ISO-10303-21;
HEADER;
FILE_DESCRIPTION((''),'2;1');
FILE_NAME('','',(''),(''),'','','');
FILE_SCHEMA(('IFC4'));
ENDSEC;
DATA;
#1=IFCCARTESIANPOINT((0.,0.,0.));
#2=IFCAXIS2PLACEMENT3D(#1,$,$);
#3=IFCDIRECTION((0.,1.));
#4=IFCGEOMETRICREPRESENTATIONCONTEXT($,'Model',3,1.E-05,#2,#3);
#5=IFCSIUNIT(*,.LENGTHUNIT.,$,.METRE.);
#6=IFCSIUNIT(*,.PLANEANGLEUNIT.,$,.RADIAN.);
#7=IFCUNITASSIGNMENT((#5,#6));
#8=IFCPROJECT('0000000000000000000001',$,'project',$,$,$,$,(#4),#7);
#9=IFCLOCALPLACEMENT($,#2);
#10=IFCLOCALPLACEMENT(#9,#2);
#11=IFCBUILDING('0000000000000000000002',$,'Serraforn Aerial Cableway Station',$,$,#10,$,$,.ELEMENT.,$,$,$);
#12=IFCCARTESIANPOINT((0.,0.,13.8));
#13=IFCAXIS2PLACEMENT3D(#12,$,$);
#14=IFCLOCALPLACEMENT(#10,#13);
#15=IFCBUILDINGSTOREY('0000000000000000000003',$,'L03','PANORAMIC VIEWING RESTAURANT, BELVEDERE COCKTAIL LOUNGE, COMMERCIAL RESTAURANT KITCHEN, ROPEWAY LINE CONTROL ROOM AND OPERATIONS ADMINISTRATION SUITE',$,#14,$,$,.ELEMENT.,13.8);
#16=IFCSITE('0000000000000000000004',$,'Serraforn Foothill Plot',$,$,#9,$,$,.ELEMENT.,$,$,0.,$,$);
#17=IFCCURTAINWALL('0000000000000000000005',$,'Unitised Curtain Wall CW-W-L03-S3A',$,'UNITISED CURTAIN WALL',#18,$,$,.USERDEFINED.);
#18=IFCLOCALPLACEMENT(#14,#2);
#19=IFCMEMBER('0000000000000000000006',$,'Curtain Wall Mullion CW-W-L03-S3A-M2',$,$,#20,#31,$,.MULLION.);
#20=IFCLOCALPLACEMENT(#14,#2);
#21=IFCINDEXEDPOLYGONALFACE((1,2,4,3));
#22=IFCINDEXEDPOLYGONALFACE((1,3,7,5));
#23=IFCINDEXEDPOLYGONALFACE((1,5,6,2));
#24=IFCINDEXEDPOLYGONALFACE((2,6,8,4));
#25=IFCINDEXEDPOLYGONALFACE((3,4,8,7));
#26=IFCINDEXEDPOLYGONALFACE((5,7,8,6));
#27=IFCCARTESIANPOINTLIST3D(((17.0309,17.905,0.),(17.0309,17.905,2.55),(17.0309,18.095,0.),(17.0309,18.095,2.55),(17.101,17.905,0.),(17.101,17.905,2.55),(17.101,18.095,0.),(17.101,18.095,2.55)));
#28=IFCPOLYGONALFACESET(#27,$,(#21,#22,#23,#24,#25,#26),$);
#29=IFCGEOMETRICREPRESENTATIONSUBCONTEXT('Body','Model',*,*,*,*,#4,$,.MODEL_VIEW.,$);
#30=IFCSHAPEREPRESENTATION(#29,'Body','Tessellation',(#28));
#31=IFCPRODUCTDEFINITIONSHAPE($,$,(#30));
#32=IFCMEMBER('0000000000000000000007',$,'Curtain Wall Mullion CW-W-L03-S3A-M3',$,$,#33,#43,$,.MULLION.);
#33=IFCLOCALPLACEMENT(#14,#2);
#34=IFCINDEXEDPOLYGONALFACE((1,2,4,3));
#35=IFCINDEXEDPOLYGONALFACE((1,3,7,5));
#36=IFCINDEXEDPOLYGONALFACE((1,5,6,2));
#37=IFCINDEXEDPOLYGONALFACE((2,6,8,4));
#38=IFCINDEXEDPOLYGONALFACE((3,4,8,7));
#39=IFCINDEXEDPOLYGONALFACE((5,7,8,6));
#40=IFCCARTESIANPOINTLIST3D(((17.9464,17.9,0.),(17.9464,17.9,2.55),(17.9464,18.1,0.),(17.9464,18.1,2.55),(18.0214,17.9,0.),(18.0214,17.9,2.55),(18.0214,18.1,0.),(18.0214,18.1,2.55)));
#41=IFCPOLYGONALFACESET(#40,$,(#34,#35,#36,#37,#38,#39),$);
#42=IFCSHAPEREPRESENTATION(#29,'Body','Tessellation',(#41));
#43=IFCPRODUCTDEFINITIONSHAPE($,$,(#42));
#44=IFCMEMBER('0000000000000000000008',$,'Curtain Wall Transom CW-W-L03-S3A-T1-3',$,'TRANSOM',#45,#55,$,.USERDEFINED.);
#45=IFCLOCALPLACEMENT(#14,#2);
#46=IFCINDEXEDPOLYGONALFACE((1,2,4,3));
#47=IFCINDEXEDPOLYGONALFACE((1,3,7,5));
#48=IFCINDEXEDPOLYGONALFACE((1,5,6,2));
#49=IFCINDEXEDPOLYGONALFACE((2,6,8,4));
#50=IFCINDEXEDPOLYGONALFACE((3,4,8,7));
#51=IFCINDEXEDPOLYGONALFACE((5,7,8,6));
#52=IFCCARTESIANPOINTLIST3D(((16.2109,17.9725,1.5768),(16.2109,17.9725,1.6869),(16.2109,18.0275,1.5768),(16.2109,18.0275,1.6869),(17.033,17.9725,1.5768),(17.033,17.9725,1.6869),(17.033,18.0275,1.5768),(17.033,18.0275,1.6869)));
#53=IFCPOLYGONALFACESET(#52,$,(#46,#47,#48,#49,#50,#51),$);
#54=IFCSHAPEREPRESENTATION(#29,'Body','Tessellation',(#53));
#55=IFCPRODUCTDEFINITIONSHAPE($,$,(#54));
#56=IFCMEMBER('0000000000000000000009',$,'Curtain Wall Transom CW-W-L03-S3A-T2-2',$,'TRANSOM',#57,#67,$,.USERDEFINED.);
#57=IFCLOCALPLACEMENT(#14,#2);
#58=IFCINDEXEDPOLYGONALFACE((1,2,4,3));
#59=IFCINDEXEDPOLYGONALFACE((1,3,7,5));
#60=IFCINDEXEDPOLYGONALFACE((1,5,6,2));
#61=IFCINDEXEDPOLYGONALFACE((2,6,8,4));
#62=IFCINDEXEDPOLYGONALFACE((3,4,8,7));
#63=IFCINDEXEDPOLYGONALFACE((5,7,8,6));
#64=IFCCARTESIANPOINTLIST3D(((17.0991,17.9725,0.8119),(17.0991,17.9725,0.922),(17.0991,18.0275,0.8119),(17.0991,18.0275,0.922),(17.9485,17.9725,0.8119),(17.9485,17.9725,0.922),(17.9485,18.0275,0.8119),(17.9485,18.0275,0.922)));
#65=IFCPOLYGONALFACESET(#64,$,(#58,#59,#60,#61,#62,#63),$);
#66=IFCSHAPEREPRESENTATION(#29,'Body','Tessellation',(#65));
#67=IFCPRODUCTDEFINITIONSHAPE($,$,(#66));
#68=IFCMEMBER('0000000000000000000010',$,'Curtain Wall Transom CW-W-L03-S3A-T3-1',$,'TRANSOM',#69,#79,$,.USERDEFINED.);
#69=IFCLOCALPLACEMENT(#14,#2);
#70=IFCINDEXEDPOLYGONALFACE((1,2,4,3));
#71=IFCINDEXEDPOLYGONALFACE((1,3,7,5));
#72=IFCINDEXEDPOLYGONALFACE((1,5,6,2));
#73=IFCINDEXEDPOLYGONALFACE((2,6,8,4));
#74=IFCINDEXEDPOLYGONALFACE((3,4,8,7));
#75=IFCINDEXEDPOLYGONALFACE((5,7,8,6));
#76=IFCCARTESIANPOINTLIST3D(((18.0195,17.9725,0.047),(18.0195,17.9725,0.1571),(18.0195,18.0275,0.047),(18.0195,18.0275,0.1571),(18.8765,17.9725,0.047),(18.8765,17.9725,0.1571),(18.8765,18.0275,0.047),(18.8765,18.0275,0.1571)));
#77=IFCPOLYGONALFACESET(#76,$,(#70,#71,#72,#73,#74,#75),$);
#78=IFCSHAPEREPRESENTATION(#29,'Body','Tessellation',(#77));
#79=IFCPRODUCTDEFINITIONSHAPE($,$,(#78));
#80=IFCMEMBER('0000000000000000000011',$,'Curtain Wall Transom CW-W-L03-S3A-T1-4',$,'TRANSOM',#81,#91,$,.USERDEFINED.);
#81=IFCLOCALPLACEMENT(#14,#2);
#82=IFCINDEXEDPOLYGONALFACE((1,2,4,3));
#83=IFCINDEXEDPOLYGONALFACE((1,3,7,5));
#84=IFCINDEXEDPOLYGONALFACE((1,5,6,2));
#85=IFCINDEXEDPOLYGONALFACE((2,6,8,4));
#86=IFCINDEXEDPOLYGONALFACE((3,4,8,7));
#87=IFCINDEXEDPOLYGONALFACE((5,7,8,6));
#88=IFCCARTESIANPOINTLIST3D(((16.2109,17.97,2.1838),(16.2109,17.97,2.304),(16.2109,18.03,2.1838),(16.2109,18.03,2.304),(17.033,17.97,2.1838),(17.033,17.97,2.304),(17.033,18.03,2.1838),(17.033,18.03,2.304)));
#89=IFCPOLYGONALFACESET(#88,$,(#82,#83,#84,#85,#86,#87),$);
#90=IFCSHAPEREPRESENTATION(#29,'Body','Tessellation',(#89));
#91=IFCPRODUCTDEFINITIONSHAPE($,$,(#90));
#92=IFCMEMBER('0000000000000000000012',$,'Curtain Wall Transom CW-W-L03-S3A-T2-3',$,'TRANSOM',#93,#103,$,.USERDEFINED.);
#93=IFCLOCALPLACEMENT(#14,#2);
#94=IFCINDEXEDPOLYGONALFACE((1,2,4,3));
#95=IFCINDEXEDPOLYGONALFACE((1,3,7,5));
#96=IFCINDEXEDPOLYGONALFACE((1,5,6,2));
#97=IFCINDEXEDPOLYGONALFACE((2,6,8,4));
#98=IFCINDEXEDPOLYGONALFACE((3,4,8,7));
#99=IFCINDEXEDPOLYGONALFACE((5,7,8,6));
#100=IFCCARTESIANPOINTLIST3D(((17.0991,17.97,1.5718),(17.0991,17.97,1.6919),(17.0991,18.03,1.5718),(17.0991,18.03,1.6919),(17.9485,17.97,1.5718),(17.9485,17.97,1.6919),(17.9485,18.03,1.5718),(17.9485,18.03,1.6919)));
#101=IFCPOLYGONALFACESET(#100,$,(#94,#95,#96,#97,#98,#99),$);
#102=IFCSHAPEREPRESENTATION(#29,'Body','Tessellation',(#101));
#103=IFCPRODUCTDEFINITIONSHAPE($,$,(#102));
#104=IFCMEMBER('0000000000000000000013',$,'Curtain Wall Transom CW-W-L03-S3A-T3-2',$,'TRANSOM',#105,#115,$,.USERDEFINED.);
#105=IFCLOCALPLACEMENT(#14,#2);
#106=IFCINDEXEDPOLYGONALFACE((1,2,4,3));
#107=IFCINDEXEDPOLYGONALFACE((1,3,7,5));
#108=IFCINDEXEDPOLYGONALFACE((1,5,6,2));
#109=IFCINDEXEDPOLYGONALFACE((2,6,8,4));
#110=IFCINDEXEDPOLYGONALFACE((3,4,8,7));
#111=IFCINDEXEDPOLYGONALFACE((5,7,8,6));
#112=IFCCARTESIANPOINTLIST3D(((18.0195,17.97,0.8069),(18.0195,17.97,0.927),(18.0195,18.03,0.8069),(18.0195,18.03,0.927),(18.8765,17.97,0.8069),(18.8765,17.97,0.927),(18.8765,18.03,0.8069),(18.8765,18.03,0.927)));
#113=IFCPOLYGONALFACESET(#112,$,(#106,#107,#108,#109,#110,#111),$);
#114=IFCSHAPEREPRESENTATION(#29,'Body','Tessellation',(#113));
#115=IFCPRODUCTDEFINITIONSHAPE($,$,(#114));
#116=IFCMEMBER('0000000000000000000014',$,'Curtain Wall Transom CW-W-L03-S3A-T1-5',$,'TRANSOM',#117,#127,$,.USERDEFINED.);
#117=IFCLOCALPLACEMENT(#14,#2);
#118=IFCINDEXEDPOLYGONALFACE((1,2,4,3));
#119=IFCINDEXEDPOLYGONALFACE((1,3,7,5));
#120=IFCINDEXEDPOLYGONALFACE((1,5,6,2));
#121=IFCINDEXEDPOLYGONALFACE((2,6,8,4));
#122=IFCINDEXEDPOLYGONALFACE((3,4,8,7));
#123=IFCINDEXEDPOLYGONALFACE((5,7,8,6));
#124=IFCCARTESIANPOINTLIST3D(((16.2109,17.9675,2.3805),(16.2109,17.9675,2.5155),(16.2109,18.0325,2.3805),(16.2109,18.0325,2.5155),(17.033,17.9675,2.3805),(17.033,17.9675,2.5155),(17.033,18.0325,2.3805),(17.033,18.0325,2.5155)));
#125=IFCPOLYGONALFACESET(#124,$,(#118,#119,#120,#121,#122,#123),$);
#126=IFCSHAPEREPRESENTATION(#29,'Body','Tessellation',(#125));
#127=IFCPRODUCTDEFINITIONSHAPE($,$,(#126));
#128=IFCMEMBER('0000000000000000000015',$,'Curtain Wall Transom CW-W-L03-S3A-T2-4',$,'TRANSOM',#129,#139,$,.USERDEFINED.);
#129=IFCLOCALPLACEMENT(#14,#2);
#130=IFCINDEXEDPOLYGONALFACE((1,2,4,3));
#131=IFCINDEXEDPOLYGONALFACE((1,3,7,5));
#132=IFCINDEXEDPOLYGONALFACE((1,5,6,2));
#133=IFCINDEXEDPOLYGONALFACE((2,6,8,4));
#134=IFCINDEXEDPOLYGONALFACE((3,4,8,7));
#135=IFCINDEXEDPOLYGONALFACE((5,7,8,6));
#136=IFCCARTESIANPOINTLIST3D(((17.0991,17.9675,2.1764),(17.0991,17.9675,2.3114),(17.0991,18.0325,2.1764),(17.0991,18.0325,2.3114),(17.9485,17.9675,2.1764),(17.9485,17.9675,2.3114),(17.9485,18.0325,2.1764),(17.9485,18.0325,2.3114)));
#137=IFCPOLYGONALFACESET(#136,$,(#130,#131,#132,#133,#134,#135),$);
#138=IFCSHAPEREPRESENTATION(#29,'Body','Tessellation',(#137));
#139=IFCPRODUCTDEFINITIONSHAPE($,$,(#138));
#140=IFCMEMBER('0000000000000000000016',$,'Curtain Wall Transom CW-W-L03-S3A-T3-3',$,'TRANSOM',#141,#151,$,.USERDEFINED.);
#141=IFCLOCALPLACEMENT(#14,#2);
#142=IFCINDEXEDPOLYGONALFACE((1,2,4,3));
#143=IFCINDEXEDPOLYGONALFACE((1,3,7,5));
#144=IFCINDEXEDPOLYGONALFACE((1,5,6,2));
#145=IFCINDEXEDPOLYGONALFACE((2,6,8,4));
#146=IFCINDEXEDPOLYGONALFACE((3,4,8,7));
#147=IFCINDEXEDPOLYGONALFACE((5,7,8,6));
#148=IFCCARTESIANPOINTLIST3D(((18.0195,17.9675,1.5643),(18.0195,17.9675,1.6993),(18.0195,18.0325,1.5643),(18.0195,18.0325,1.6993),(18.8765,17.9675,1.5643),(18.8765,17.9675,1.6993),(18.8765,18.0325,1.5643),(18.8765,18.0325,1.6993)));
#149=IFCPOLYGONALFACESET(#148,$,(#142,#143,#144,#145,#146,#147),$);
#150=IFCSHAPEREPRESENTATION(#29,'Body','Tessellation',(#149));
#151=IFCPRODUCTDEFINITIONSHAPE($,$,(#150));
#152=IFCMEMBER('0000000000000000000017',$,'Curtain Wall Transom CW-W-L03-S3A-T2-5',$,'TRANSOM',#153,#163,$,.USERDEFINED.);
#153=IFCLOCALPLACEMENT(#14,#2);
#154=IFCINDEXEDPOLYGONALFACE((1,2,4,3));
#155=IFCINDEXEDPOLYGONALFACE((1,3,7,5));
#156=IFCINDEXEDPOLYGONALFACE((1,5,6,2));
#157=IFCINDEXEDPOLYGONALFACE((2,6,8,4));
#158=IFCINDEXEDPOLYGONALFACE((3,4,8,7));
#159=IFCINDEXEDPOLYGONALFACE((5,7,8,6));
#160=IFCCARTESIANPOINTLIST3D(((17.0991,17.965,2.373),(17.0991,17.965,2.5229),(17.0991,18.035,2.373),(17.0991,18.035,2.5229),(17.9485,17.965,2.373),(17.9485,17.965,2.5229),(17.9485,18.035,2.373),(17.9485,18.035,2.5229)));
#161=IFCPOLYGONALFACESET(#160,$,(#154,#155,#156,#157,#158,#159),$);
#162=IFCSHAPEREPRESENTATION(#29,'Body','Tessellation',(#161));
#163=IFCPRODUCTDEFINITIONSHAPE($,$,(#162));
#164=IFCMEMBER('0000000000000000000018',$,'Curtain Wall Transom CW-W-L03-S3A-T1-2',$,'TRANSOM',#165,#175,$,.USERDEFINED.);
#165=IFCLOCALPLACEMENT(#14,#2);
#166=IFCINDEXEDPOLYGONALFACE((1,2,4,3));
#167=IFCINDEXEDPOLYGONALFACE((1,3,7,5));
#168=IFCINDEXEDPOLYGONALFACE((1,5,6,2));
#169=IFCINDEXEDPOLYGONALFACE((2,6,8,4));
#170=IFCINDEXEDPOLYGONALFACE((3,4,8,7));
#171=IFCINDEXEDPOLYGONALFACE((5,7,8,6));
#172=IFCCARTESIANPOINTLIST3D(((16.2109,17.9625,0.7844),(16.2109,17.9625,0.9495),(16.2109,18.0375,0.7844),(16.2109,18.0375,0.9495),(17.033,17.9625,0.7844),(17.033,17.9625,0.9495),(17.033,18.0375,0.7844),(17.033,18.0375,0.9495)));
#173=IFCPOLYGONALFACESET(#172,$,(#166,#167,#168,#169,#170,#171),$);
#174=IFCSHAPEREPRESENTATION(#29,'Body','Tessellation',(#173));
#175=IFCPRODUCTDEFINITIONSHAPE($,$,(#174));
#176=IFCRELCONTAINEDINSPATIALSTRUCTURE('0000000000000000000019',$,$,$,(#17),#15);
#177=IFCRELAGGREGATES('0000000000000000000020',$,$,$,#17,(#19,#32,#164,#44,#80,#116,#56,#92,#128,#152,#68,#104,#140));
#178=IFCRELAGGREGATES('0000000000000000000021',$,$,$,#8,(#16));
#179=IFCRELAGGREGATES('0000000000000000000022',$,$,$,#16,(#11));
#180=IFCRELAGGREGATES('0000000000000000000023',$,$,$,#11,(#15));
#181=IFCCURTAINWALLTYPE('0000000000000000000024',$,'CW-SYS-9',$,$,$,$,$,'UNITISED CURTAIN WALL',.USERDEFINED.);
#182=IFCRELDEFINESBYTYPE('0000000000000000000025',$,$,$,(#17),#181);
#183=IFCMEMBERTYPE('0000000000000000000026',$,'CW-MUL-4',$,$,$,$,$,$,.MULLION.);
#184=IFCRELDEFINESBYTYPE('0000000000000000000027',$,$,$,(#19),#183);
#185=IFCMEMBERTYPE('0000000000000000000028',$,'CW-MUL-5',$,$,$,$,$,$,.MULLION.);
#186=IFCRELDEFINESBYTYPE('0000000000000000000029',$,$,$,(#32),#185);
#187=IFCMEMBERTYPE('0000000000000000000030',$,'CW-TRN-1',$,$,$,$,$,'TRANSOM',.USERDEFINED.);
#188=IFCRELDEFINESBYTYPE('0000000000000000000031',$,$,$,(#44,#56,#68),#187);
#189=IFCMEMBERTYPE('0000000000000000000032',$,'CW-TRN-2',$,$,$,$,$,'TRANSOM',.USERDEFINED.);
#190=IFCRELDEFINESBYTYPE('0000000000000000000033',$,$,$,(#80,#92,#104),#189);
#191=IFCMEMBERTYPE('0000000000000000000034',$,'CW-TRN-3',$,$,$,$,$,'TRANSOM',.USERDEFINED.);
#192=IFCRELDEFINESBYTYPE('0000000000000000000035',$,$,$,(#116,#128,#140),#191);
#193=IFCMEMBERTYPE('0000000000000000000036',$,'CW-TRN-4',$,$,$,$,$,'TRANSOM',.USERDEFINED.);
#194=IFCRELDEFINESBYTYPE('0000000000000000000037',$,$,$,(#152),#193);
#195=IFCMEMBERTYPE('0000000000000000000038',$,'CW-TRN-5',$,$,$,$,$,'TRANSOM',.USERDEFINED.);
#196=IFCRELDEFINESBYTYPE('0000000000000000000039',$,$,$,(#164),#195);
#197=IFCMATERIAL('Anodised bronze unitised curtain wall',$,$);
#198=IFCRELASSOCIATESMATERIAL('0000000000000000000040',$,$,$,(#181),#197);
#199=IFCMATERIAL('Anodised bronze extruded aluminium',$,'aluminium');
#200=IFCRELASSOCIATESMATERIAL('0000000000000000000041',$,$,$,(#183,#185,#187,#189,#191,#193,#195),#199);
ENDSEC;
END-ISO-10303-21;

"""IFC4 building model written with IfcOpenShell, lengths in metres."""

from ifc_helpers import new_model, si_unit, direction, frame, origin, origin_2d, place, context, subcontext, project, spatial, rectangle, extrude, material, material_profile, profile_set, type_object, element, aggregate, save


model = new_model("IFC4")

# Units and contexts
model_context = context("Model", 3, precision=1e-05, world=origin(), true_north=direction((0.0, 1.0)))
body_context = subcontext(model_context, "Body", "Model", "MODEL_VIEW")
ifc_project = project(units=[si_unit("LENGTHUNIT", "METRE"), si_unit("PLANEANGLEUNIT", "RADIAN")], contexts=[model_context])

# Site, building, storey
site_placement = place(None, origin())
site = spatial("IfcSite", under=ifc_project, at=site_placement, Name="Serraforn Foothill Plot", CompositionType="ELEMENT", RefElevation=0.0)
building_placement = place(site_placement, origin())
building = spatial("IfcBuilding", under=site, at=building_placement, Name="Serraforn Aerial Cableway Station", CompositionType="ELEMENT")
storey_placement = place(building_placement, frame((0.0, 0.0, 13.8)))
storey = spatial("IfcBuildingStorey", under=building, at=storey_placement, Name="L03", Description="PANORAMIC VIEWING RESTAURANT, BELVEDERE COCKTAIL LOUNGE, COMMERCIAL RESTAURANT KITCHEN, ROPEWAY LINE CONTROL ROOM AND OPERATIONS ADMINISTRATION SUITE", CompositionType="ELEMENT", Elevation=13.8)

# Curtain wall, members
ifc_material_1 = material(Name="Anodised bronze unitised curtain wall")
curtain_wall_type = type_object("IfcCurtainWallType", Name="CW-SYS-9", ElementType="UNITISED CURTAIN WALL", PredefinedType="USERDEFINED", material=ifc_material_1)
curtain_wall_placement = place(storey_placement, origin())
curtain_wall = element("IfcCurtainWall", 1, at=curtain_wall_placement, inside=storey, type_object=curtain_wall_type, Name="Unitised Curtain Wall CW-W-L03-S3A", ObjectType="UNITISED CURTAIN WALL", PredefinedType="USERDEFINED")
ifc_material_2 = material(Name="Anodised bronze extruded aluminium", Category="aluminium")
ifc_material_profile_1 = material_profile(ifc_material_2, rectangle(XDim=0.0701, YDim=0.1899, at=origin_2d()), Name="CW MULLION 70x190")
ifc_profile_set_1 = profile_set([ifc_material_profile_1], Name="Anodised bronze extruded aluminium")
member_type_1 = type_object("IfcMemberType", Name="CW-MUL-4", PredefinedType="MULLION", material=ifc_profile_set_1)
member_1_placement = place(storey_placement, frame((17.0659, 18.0, 0.0), z_axis=(0.0, 0.0, 1.0), x_axis=(1.0, 0.0, 0.0)))
member_1 = element("IfcMember", 2, at=member_1_placement, type_object=member_type_1, Name="Curtain Wall Mullion CW-W-L03-S3A-M2", PredefinedType="MULLION", context=body_context, shape_type="SweptSolid", body=[
    extrude(rectangle(XDim=0.0701, YDim=0.1899, at=origin_2d()), origin(), (0.0, 0.0, 1.0), 2.55),
])
ifc_material_profile_2 = material_profile(ifc_material_2, rectangle(XDim=0.075, YDim=0.2, at=origin_2d()), Name="CW MULLION 75x200")
ifc_profile_set_2 = profile_set([ifc_material_profile_2], Name="Anodised bronze extruded aluminium")
member_type_2 = type_object("IfcMemberType", Name="CW-MUL-5", PredefinedType="MULLION", material=ifc_profile_set_2)
member_2_placement = place(storey_placement, frame((17.9839, 18.0, 0.0), z_axis=(0.0, 0.0, 1.0), x_axis=(1.0, 0.0, 0.0)))
member_2 = element("IfcMember", 3, at=member_2_placement, type_object=member_type_2, Name="Curtain Wall Mullion CW-W-L03-S3A-M3", PredefinedType="MULLION", context=body_context, shape_type="SweptSolid", body=[
    extrude(rectangle(XDim=0.075, YDim=0.2, at=origin_2d()), origin(), (0.0, 0.0, 1.0), 2.55),
])
ifc_material_profile_3 = material_profile(ifc_material_2, rectangle(XDim=0.0549, YDim=0.1101, at=origin_2d()), Name="CW TRANSOM 55x110")
ifc_profile_set_3 = profile_set([ifc_material_profile_3], Name="Anodised bronze extruded aluminium")
member_type_3 = type_object("IfcMemberType", Name="CW-TRN-1", ElementType="TRANSOM", PredefinedType="USERDEFINED", material=ifc_profile_set_3)
member_3_placement = place(storey_placement, frame((16.2109, 18.0, 1.6318), z_axis=(1.0, 0.0, 0.0), x_axis=(0.0, 1.0, 0.0)))
member_3 = element("IfcMember", 4, at=member_3_placement, type_object=member_type_3, Name="Curtain Wall Transom CW-W-L03-S3A-T1-3", ObjectType="TRANSOM", PredefinedType="USERDEFINED", context=body_context, shape_type="SweptSolid", body=[
    extrude(rectangle(XDim=0.0549, YDim=0.1101, at=origin_2d()), origin(), (0.0, 0.0, 1.0), 0.822),
])
member_4_placement = place(storey_placement, frame((17.0991, 18.0, 0.8669), z_axis=(1.0, 0.0, 0.0), x_axis=(0.0, 1.0, 0.0)))
member_4 = element("IfcMember", 5, at=member_4_placement, type_object=member_type_3, Name="Curtain Wall Transom CW-W-L03-S3A-T2-2", ObjectType="TRANSOM", PredefinedType="USERDEFINED", context=body_context, shape_type="SweptSolid", body=[
    extrude(rectangle(XDim=0.0549, YDim=0.1101, at=origin_2d()), origin(), (0.0, 0.0, 1.0), 0.8494),
])
member_5_placement = place(storey_placement, frame((18.0195, 18.0, 0.1021), z_axis=(1.0, 0.0, 0.0), x_axis=(0.0, 1.0, 0.0)))
member_5 = element("IfcMember", 6, at=member_5_placement, type_object=member_type_3, Name="Curtain Wall Transom CW-W-L03-S3A-T3-1", ObjectType="TRANSOM", PredefinedType="USERDEFINED", context=body_context, shape_type="SweptSolid", body=[
    extrude(rectangle(XDim=0.0549, YDim=0.1101, at=origin_2d()), origin(), (0.0, 0.0, 1.0), 0.8569),
])
ifc_material_profile_4 = material_profile(ifc_material_2, rectangle(XDim=0.0601, YDim=0.1201, at=origin_2d()), Name="CW TRANSOM 60x120")
ifc_profile_set_4 = profile_set([ifc_material_profile_4], Name="Anodised bronze extruded aluminium")
member_type_4 = type_object("IfcMemberType", Name="CW-TRN-2", ElementType="TRANSOM", PredefinedType="USERDEFINED", material=ifc_profile_set_4)
member_6_placement = place(storey_placement, frame((16.2109, 18.0, 2.2439), z_axis=(1.0, 0.0, 0.0), x_axis=(0.0, 1.0, 0.0)))
member_6 = element("IfcMember", 7, at=member_6_placement, type_object=member_type_4, Name="Curtain Wall Transom CW-W-L03-S3A-T1-4", ObjectType="TRANSOM", PredefinedType="USERDEFINED", context=body_context, shape_type="SweptSolid", body=[
    extrude(rectangle(XDim=0.0601, YDim=0.1201, at=origin_2d()), origin(), (0.0, 0.0, 1.0), 0.822),
])
member_7_placement = place(storey_placement, frame((17.0991, 18.0, 1.6318), z_axis=(1.0, 0.0, 0.0), x_axis=(0.0, 1.0, 0.0)))
member_7 = element("IfcMember", 8, at=member_7_placement, type_object=member_type_4, Name="Curtain Wall Transom CW-W-L03-S3A-T2-3", ObjectType="TRANSOM", PredefinedType="USERDEFINED", context=body_context, shape_type="SweptSolid", body=[
    extrude(rectangle(XDim=0.0601, YDim=0.1201, at=origin_2d()), origin(), (0.0, 0.0, 1.0), 0.8494),
])
member_8_placement = place(storey_placement, frame((18.0195, 18.0, 0.8669), z_axis=(1.0, 0.0, 0.0), x_axis=(0.0, 1.0, 0.0)))
member_8 = element("IfcMember", 9, at=member_8_placement, type_object=member_type_4, Name="Curtain Wall Transom CW-W-L03-S3A-T3-2", ObjectType="TRANSOM", PredefinedType="USERDEFINED", context=body_context, shape_type="SweptSolid", body=[
    extrude(rectangle(XDim=0.0601, YDim=0.1201, at=origin_2d()), origin(), (0.0, 0.0, 1.0), 0.8569),
])
ifc_material_profile_5 = material_profile(ifc_material_2, rectangle(XDim=0.0649, YDim=0.135, at=origin_2d()), Name="CW TRANSOM 65x135")
ifc_profile_set_5 = profile_set([ifc_material_profile_5], Name="Anodised bronze extruded aluminium")
member_type_5 = type_object("IfcMemberType", Name="CW-TRN-3", ElementType="TRANSOM", PredefinedType="USERDEFINED", material=ifc_profile_set_5)
member_9_placement = place(storey_placement, frame((16.2109, 18.0, 2.448), z_axis=(1.0, 0.0, 0.0), x_axis=(0.0, 1.0, 0.0)))
member_9 = element("IfcMember", 10, at=member_9_placement, type_object=member_type_5, Name="Curtain Wall Transom CW-W-L03-S3A-T1-5", ObjectType="TRANSOM", PredefinedType="USERDEFINED", context=body_context, shape_type="SweptSolid", body=[
    extrude(rectangle(XDim=0.0649, YDim=0.135, at=origin_2d()), origin(), (0.0, 0.0, 1.0), 0.822),
])
member_10_placement = place(storey_placement, frame((17.0991, 18.0, 2.2439), z_axis=(1.0, 0.0, 0.0), x_axis=(0.0, 1.0, 0.0)))
member_10 = element("IfcMember", 11, at=member_10_placement, type_object=member_type_5, Name="Curtain Wall Transom CW-W-L03-S3A-T2-4", ObjectType="TRANSOM", PredefinedType="USERDEFINED", context=body_context, shape_type="SweptSolid", body=[
    extrude(rectangle(XDim=0.0649, YDim=0.135, at=origin_2d()), origin(), (0.0, 0.0, 1.0), 0.8494),
])
member_11_placement = place(storey_placement, frame((18.0195, 18.0, 1.6318), z_axis=(1.0, 0.0, 0.0), x_axis=(0.0, 1.0, 0.0)))
member_11 = element("IfcMember", 12, at=member_11_placement, type_object=member_type_5, Name="Curtain Wall Transom CW-W-L03-S3A-T3-3", ObjectType="TRANSOM", PredefinedType="USERDEFINED", context=body_context, shape_type="SweptSolid", body=[
    extrude(rectangle(XDim=0.0649, YDim=0.135, at=origin_2d()), origin(), (0.0, 0.0, 1.0), 0.8569),
])
ifc_material_profile_6 = material_profile(ifc_material_2, rectangle(XDim=0.0701, YDim=0.1499, at=origin_2d()), Name="CW TRANSOM 70x150")
ifc_profile_set_6 = profile_set([ifc_material_profile_6], Name="Anodised bronze extruded aluminium")
member_type_6 = type_object("IfcMemberType", Name="CW-TRN-4", ElementType="TRANSOM", PredefinedType="USERDEFINED", material=ifc_profile_set_6)
member_12_placement = place(storey_placement, frame((17.0991, 18.0, 2.448), z_axis=(1.0, 0.0, 0.0), x_axis=(0.0, 1.0, 0.0)))
member_12 = element("IfcMember", 13, at=member_12_placement, type_object=member_type_6, Name="Curtain Wall Transom CW-W-L03-S3A-T2-5", ObjectType="TRANSOM", PredefinedType="USERDEFINED", context=body_context, shape_type="SweptSolid", body=[
    extrude(rectangle(XDim=0.0701, YDim=0.1499, at=origin_2d()), origin(), (0.0, 0.0, 1.0), 0.8494),
])
ifc_material_profile_7 = material_profile(ifc_material_2, rectangle(XDim=0.075, YDim=0.165, at=origin_2d()), Name="CW TRANSOM 75x165")
ifc_profile_set_7 = profile_set([ifc_material_profile_7], Name="Anodised bronze extruded aluminium")
member_type_7 = type_object("IfcMemberType", Name="CW-TRN-5", ElementType="TRANSOM", PredefinedType="USERDEFINED", material=ifc_profile_set_7)
member_13_placement = place(storey_placement, frame((16.2109, 18.0, 0.8669), z_axis=(1.0, 0.0, 0.0), x_axis=(0.0, 1.0, 0.0)))
member_13 = element("IfcMember", 14, at=member_13_placement, type_object=member_type_7, Name="Curtain Wall Transom CW-W-L03-S3A-T1-2", ObjectType="TRANSOM", PredefinedType="USERDEFINED", context=body_context, shape_type="SweptSolid", body=[
    extrude(rectangle(XDim=0.075, YDim=0.165, at=origin_2d()), origin(), (0.0, 0.0, 1.0), 0.822),
])
aggregate(curtain_wall, [member_1, member_2, member_13, member_3, member_6, member_9, member_4, member_7, member_10, member_12, member_5, member_8, member_11])

save(model, "model.ifc")
